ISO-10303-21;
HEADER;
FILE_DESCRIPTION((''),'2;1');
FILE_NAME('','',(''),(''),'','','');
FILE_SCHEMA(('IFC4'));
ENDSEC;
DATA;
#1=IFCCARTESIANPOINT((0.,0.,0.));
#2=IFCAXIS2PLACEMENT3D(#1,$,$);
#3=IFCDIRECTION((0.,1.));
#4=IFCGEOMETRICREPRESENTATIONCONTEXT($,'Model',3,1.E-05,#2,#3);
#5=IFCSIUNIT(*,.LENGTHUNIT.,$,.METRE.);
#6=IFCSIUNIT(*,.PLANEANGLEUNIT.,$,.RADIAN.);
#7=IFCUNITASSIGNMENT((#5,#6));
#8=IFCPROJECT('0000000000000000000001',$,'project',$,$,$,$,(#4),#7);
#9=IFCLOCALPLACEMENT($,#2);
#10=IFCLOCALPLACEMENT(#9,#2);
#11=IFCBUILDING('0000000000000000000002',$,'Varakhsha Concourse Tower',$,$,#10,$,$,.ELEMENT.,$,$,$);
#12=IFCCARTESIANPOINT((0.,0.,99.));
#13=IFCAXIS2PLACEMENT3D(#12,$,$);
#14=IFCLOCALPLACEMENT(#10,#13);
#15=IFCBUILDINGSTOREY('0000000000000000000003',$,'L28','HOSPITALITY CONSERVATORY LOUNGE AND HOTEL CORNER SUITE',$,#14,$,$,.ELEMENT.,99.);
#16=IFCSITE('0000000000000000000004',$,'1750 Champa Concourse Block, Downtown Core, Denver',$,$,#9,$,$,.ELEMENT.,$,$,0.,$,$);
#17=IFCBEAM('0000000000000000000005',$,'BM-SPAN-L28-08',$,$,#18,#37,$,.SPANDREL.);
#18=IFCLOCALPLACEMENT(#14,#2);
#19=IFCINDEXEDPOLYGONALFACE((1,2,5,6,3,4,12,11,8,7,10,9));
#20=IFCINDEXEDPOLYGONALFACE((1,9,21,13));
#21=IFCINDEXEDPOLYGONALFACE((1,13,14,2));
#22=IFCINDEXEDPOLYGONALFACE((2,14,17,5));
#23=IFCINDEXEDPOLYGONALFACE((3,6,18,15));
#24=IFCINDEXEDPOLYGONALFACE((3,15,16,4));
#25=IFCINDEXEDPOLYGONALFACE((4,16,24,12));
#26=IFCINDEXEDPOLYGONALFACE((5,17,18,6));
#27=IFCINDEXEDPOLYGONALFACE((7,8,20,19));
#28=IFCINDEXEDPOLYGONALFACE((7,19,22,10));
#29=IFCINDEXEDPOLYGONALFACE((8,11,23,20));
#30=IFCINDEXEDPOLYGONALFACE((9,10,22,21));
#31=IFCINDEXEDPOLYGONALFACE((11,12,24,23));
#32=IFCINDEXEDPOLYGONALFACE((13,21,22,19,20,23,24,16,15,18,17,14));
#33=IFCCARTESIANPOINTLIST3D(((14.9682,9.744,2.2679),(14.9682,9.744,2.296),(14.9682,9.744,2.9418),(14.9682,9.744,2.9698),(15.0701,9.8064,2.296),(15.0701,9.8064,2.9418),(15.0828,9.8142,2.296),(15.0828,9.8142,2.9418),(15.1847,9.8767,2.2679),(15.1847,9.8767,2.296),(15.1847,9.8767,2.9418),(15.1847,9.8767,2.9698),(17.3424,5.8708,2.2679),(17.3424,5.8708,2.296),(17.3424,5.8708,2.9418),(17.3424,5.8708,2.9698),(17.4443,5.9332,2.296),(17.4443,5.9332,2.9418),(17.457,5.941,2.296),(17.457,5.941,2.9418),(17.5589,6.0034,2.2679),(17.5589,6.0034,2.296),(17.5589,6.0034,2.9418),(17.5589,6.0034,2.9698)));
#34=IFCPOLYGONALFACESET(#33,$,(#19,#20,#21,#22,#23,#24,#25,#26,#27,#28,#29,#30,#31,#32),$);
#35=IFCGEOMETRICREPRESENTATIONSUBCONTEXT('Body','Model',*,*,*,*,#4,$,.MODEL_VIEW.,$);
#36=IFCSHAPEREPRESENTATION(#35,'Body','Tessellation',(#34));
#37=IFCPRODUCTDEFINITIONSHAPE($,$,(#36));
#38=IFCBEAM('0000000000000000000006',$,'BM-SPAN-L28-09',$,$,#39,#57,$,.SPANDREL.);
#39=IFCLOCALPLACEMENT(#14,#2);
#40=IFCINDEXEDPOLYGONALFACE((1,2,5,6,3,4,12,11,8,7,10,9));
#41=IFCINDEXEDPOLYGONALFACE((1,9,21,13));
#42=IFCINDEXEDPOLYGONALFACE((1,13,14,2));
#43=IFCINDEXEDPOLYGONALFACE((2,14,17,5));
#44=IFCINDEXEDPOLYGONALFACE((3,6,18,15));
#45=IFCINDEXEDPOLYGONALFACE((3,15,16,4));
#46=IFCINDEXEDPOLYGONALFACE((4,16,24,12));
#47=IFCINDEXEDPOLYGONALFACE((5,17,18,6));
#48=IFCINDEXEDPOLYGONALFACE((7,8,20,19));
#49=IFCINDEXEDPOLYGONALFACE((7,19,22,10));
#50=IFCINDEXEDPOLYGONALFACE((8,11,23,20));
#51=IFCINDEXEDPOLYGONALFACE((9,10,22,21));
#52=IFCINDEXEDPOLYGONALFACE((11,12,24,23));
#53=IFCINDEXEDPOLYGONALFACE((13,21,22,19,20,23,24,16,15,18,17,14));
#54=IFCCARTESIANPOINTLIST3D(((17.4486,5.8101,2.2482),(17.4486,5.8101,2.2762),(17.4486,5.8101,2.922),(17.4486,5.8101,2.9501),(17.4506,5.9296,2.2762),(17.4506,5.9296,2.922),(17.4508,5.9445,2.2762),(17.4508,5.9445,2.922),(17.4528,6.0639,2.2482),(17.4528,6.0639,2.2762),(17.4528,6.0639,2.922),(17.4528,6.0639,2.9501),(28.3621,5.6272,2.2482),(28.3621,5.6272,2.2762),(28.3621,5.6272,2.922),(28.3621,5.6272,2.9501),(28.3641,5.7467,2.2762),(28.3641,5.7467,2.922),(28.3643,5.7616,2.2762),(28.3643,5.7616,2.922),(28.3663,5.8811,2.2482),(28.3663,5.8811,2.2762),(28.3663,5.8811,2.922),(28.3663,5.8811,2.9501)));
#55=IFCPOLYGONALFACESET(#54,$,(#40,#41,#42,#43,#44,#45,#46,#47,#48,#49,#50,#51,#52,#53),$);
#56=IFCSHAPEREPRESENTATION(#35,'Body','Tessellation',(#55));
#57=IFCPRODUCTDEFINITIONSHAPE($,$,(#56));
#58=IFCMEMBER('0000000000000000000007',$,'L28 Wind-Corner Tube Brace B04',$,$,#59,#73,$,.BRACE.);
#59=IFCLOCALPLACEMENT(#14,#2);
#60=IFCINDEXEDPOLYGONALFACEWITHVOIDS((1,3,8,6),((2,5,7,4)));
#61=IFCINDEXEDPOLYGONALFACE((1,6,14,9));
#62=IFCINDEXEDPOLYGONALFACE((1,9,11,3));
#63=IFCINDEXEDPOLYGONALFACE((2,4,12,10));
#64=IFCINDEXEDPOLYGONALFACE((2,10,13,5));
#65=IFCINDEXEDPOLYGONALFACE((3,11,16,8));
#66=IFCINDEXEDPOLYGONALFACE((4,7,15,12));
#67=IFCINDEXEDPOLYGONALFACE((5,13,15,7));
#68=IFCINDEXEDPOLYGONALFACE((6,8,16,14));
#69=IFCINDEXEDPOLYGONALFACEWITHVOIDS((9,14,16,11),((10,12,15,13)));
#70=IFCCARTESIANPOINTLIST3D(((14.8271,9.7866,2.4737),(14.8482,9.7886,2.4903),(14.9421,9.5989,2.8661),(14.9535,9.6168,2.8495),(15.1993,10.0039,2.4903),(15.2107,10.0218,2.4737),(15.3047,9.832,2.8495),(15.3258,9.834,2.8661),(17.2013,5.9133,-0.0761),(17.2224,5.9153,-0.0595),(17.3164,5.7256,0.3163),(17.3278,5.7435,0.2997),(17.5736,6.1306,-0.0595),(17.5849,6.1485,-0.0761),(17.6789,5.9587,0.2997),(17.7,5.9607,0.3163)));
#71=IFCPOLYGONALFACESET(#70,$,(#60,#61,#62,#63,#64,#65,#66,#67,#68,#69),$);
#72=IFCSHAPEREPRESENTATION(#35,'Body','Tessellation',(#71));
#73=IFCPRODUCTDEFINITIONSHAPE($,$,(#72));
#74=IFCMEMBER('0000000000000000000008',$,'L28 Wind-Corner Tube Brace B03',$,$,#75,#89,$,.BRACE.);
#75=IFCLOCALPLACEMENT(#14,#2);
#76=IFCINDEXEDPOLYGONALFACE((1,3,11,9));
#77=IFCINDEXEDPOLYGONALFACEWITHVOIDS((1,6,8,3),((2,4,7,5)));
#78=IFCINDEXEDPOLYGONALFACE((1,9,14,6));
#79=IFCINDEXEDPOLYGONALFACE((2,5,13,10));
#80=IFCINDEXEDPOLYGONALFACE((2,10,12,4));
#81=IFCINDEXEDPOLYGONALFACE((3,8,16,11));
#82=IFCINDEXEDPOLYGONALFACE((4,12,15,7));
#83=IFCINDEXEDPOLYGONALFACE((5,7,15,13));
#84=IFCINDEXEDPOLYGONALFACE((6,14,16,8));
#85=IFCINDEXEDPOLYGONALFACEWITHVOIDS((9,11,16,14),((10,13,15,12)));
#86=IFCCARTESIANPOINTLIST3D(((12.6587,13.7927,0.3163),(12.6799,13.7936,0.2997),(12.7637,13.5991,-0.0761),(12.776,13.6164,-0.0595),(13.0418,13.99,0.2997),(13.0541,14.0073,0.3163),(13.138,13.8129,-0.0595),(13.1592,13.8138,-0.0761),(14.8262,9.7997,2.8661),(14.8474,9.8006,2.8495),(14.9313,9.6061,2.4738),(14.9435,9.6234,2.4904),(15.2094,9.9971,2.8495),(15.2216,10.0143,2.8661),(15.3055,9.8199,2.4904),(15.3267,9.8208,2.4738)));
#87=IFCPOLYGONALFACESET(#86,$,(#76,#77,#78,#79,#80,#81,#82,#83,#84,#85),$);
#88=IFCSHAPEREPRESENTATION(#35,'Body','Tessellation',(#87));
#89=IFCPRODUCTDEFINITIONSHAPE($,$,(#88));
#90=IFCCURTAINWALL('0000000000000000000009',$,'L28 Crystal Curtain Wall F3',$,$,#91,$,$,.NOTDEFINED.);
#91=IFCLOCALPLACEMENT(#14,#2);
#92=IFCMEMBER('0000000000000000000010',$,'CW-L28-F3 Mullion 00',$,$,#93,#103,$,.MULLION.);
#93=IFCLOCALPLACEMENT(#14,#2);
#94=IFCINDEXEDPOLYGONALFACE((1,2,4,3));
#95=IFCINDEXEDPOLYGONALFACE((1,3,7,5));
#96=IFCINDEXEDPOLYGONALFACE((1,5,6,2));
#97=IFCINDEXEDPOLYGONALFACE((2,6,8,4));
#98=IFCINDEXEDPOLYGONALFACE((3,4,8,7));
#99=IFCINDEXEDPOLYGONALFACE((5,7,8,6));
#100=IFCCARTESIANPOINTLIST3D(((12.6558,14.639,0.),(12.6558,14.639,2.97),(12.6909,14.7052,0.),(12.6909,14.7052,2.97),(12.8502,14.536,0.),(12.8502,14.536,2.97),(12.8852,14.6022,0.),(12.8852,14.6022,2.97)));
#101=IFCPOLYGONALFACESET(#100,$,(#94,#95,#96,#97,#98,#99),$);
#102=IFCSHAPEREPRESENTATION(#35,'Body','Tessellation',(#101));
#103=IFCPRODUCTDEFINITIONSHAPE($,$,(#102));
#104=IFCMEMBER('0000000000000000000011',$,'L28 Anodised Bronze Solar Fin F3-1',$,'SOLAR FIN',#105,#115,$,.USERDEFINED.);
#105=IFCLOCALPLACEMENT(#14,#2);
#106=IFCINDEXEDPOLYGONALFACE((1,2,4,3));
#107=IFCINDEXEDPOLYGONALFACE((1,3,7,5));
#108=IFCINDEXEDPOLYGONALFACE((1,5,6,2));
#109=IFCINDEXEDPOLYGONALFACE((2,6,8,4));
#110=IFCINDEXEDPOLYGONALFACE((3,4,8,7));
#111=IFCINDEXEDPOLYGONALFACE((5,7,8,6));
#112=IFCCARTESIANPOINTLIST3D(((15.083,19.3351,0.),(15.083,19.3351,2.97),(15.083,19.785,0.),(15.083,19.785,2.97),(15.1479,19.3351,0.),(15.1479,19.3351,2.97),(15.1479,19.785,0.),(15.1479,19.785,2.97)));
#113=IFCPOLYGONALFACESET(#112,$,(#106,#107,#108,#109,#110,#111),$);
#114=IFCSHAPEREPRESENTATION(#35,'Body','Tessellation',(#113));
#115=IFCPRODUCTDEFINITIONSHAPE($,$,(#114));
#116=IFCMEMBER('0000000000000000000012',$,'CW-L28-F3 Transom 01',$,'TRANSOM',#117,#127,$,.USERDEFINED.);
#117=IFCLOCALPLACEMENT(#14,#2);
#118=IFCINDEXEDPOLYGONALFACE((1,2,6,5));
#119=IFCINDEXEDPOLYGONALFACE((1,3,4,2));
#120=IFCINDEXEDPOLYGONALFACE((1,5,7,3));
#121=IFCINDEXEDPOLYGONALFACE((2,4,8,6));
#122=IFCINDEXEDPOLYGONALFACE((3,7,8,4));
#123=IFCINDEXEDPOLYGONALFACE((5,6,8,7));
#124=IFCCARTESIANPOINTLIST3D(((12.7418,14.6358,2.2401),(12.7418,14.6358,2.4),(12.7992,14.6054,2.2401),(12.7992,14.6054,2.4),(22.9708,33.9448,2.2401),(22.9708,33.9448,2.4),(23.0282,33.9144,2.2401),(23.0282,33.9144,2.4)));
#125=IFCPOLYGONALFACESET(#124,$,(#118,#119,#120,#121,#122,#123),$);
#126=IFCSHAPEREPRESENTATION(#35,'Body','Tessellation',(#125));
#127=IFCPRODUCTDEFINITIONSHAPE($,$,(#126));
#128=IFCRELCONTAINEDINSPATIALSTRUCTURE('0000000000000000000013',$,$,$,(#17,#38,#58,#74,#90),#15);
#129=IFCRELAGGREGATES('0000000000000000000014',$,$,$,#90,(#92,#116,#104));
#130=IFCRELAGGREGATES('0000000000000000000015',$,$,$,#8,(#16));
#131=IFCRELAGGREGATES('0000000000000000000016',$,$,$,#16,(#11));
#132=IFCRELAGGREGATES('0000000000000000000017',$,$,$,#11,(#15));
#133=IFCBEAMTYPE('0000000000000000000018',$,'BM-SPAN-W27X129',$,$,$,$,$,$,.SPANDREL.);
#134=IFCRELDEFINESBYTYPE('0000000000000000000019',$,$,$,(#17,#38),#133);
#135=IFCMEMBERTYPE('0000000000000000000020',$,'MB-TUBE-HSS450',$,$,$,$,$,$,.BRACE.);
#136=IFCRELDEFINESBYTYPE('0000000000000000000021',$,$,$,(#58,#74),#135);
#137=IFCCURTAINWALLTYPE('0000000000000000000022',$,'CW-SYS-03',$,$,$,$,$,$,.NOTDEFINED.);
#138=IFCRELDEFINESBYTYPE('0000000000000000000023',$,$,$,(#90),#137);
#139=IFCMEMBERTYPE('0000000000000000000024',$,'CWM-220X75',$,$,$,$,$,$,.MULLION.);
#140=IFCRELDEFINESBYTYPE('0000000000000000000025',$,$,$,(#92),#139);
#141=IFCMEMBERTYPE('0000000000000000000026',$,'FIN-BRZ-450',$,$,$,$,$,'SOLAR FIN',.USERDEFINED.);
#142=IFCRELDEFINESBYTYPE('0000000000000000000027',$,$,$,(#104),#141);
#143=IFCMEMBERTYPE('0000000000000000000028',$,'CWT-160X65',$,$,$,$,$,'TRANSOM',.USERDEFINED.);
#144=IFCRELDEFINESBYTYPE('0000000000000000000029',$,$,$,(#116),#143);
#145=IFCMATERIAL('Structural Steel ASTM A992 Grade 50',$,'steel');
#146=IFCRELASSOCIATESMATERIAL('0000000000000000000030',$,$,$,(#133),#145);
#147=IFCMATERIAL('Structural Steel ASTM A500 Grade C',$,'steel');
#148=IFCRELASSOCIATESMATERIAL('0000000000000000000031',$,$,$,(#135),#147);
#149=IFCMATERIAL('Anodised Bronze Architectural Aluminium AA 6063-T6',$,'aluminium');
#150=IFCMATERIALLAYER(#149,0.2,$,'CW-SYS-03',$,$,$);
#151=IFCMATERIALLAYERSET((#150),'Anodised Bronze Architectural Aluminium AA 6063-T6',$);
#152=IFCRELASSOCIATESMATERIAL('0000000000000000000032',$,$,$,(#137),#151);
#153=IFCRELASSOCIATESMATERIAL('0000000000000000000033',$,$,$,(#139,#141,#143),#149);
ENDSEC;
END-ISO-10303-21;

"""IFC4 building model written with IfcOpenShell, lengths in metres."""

from ifc_helpers import new_model, si_unit, direction, frame, origin, origin_2d, place, context, subcontext, project, spatial, rectangle, hollow_rectangle, i_section, extrude, source, transform, mapped, material, layer, layer_set, material_profile, profile_set, type_object, type_shapes, element, aggregate, save


model = new_model("IFC4")

# Units and contexts
model_context = context("Model", 3, precision=1e-05, world=origin(), true_north=direction((0.0, 1.0)))
body_context = subcontext(model_context, "Body", "Model", "MODEL_VIEW")
ifc_project = project(units=[si_unit("LENGTHUNIT", "METRE"), si_unit("PLANEANGLEUNIT", "RADIAN")], contexts=[model_context])

# Site, building, storey
site_placement = place(None, origin())
site = spatial("IfcSite", under=ifc_project, at=site_placement, Name="1750 Champa Concourse Block, Downtown Core, Denver", CompositionType="ELEMENT", RefElevation=0.0)
building_placement = place(site_placement, origin())
building = spatial("IfcBuilding", under=site, at=building_placement, Name="Varakhsha Concourse Tower", CompositionType="ELEMENT")
storey_placement = place(building_placement, frame((0.0, 0.0, 99.0)))
storey = spatial("IfcBuildingStorey", under=building, at=storey_placement, Name="L28", Description="HOSPITALITY CONSERVATORY LOUNGE AND HOTEL CORNER SUITE", CompositionType="ELEMENT", Elevation=99.0)

# Beams
ifc_material_1 = material(Name="Structural Steel ASTM A992 Grade 50", Category="steel")
ifc_material_profile_1 = material_profile(ifc_material_1, i_section(OverallWidth=0.2539, OverallDepth=0.7019, WebThickness=0.0149, FlangeThickness=0.0281, at=origin_2d()), Name="W27X129")
ifc_profile_set_1 = profile_set([ifc_material_profile_1], Name="Structural Steel ASTM A992 Grade 50")
beam_type_1 = type_object("IfcBeamType", Name="BM-SPAN-W27X129", PredefinedType="SPANDREL", material=ifc_profile_set_1)
beam_1_placement = place(storey_placement, frame((15.0764, 9.8103, 2.6189), z_axis=(0.522612, -0.85257, 0.0), x_axis=(0.85257, 0.522612, 0.0)))
element("IfcBeam", 1, at=beam_1_placement, inside=storey, type_object=beam_type_1, Name="BM-SPAN-L28-08", PredefinedType="SPANDREL", context=body_context, shape_type="SweptSolid", body=[
    extrude(i_section(OverallWidth=0.2539, OverallDepth=0.7019, WebThickness=0.0149, FlangeThickness=0.0281, at=origin_2d()), origin(), (0.0, 0.0, 1.0), 4.543),
])
beam_2_placement = place(storey_placement, frame((17.4507, 5.937, 2.5991), z_axis=(0.99986, -0.016753, 0.0), x_axis=(0.016753, 0.99986, 0.0)))
element("IfcBeam", 2, at=beam_2_placement, inside=storey, type_object=beam_type_1, Name="BM-SPAN-L28-09", PredefinedType="SPANDREL", context=body_context, shape_type="SweptSolid", body=[
    extrude(i_section(OverallWidth=0.2539, OverallDepth=0.7019, WebThickness=0.0149, FlangeThickness=0.0281, at=origin_2d()), origin(), (0.0, 0.0, 1.0), 10.915),
])

# Members
ifc_material_2 = material(Name="Structural Steel ASTM A500 Grade C", Category="steel")
ifc_material_profile_2 = material_profile(ifc_material_2, hollow_rectangle(XDim=0.45, YDim=0.45, WallThickness=0.019, at=origin_2d()), Name="HSS 450x450x19")
ifc_profile_set_2 = profile_set([ifc_material_profile_2], Name="Structural Steel ASTM A500 Grade C")
member_type_1 = type_object("IfcMemberType", Name="MB-TUBE-HSS450", PredefinedType="BRACE", material=ifc_profile_set_2)
shared_shape_1 = source(origin(), body_context, "Body", "SweptSolid", [
    extrude(hollow_rectangle(XDim=0.45, YDim=0.45, WallThickness=0.019, at=origin_2d()), origin(), (0.0, 0.0, 1.0), 5.2097),
])
member_1_placement = place(storey_placement, frame((17.4507, 5.937, 0.1201), z_axis=(-0.455739, 0.743476, 0.489434), x_axis=(-0.85257, -0.522612, 0.0)))
element("IfcMember", 3, at=member_1_placement, inside=storey, type_object=member_type_1, Name="L28 Wind-Corner Tube Brace B04", PredefinedType="BRACE", context=body_context, shape_type="MappedRepresentation", body=[
    mapped(shared_shape_1, transform((0.0, 0.0, 0.0), scale=1.0)),
])
shared_shape_2 = source(origin(), body_context, "Body", "SweptSolid", [
    extrude(hollow_rectangle(XDim=0.45, YDim=0.45, WallThickness=0.019, at=origin_2d()), origin(), (0.0, 0.0, 1.0), 5.21),
])
type_shapes(member_type_1, [shared_shape_1, shared_shape_2])
member_2_placement = place(storey_placement, frame((12.9089, 13.8032, 0.1201), z_axis=(0.416032, -0.766413, 0.489417), x_axis=(0.878863, 0.477074, 0.0)))
element("IfcMember", 4, at=member_2_placement, inside=storey, type_object=member_type_1, Name="L28 Wind-Corner Tube Brace B03", PredefinedType="BRACE", context=body_context, shape_type="MappedRepresentation", body=[
    mapped(shared_shape_2, transform((0.0, 0.0, 0.0), scale=1.0)),
])

# Curtain wall, members
ifc_material_3 = material(Name="Anodised Bronze Architectural Aluminium AA 6063-T6", Category="aluminium")
ifc_layer_1 = layer(ifc_material_3, 0.2, Name="CW-SYS-03")
ifc_layer_set_1 = layer_set([ifc_layer_1], Name="Anodised Bronze Architectural Aluminium AA 6063-T6")
curtain_wall_type = type_object("IfcCurtainWallType", Name="CW-SYS-03", PredefinedType="NOTDEFINED", material=ifc_layer_set_1)
curtain_wall_placement = place(storey_placement, origin())
curtain_wall = element("IfcCurtainWall", 5, at=curtain_wall_placement, inside=storey, type_object=curtain_wall_type, Name="L28 Crystal Curtain Wall F3", PredefinedType="NOTDEFINED")
ifc_material_profile_3 = material_profile(ifc_material_3, rectangle(XDim=0.075, YDim=0.22, at=origin_2d()), Name="CWM-220X75")
ifc_profile_set_3 = profile_set([ifc_material_profile_3], Name="Anodised Bronze Architectural Aluminium AA 6063-T6")
member_type_2 = type_object("IfcMemberType", Name="CWM-220X75", PredefinedType="MULLION", material=ifc_profile_set_3)
shared_shape_3 = source(origin(), body_context, "Body", "SweptSolid", [
    extrude(rectangle(XDim=0.075, YDim=0.22, at=origin_2d()), origin(), (0.0, 0.0, 1.0), 2.97),
])
type_shapes(member_type_2, [shared_shape_3])
member_3_placement = place(storey_placement, frame((12.7705, 14.6206, 0.0), z_axis=(0.0, 0.0, 1.0), x_axis=(0.468124, 0.883663, 0.0)))
member_3 = element("IfcMember", 6, at=member_3_placement, type_object=member_type_2, Name="CW-L28-F3 Mullion 00", PredefinedType="MULLION", context=body_context, shape_type="MappedRepresentation", body=[
    mapped(shared_shape_3, transform((0.0, 0.0, 0.0), scale=1.0)),
])
ifc_material_profile_4 = material_profile(ifc_material_3, rectangle(XDim=0.0649, YDim=0.45, at=origin_2d()), Name="FIN-BRZ-450")
ifc_profile_set_4 = profile_set([ifc_material_profile_4], Name="Anodised Bronze Architectural Aluminium AA 6063-T6")
member_type_3 = type_object("IfcMemberType", Name="FIN-BRZ-450", ElementType="SOLAR FIN", PredefinedType="USERDEFINED", material=ifc_profile_set_4)
shared_shape_4 = source(origin(), body_context, "Body", "SweptSolid", [
    extrude(rectangle(XDim=0.0649, YDim=0.45, at=origin_2d()), origin(), (0.0, 0.0, 1.0), 2.97),
])
type_shapes(member_type_3, [shared_shape_4])
member_4_placement = place(storey_placement, frame((15.1155, 19.5601, 0.0), z_axis=(0.0, 0.0, 1.0), x_axis=(1.0, 0.0, 0.0)))
member_4 = element("IfcMember", 7, at=member_4_placement, type_object=member_type_3, Name="L28 Anodised Bronze Solar Fin F3-1", ObjectType="SOLAR FIN", PredefinedType="USERDEFINED", context=body_context, shape_type="MappedRepresentation", body=[
    mapped(shared_shape_4, transform((0.0, 0.0, 0.0), scale=1.0)),
])
ifc_material_profile_5 = material_profile(ifc_material_3, rectangle(XDim=0.0649, YDim=0.1599, at=origin_2d()), Name="CWT-160X65")
ifc_profile_set_5 = profile_set([ifc_material_profile_5], Name="Anodised Bronze Architectural Aluminium AA 6063-T6")
member_type_4 = type_object("IfcMemberType", Name="CWT-160X65", ElementType="TRANSOM", PredefinedType="USERDEFINED", material=ifc_profile_set_5)
shared_shape_5 = source(origin(), body_context, "Body", "SweptSolid", [
    extrude(rectangle(XDim=0.0649, YDim=0.1599, at=origin_2d()), origin(), (0.0, 0.0, 1.0), 21.8511),
])
type_shapes(member_type_4, [shared_shape_5])
member_5_placement = place(storey_placement, frame((12.7705, 14.6206, 2.3201), z_axis=(0.468122, 0.883664, 0.0), x_axis=(-0.883664, 0.468122, 0.0)))
member_5 = element("IfcMember", 8, at=member_5_placement, type_object=member_type_4, Name="CW-L28-F3 Transom 01", ObjectType="TRANSOM", PredefinedType="USERDEFINED", context=body_context, shape_type="MappedRepresentation", body=[
    mapped(shared_shape_5, transform((0.0, 0.0, 0.0), scale=1.0)),
])

aggregate(curtain_wall, [member_3, member_5, member_4])

save(model, "model.ifc")
